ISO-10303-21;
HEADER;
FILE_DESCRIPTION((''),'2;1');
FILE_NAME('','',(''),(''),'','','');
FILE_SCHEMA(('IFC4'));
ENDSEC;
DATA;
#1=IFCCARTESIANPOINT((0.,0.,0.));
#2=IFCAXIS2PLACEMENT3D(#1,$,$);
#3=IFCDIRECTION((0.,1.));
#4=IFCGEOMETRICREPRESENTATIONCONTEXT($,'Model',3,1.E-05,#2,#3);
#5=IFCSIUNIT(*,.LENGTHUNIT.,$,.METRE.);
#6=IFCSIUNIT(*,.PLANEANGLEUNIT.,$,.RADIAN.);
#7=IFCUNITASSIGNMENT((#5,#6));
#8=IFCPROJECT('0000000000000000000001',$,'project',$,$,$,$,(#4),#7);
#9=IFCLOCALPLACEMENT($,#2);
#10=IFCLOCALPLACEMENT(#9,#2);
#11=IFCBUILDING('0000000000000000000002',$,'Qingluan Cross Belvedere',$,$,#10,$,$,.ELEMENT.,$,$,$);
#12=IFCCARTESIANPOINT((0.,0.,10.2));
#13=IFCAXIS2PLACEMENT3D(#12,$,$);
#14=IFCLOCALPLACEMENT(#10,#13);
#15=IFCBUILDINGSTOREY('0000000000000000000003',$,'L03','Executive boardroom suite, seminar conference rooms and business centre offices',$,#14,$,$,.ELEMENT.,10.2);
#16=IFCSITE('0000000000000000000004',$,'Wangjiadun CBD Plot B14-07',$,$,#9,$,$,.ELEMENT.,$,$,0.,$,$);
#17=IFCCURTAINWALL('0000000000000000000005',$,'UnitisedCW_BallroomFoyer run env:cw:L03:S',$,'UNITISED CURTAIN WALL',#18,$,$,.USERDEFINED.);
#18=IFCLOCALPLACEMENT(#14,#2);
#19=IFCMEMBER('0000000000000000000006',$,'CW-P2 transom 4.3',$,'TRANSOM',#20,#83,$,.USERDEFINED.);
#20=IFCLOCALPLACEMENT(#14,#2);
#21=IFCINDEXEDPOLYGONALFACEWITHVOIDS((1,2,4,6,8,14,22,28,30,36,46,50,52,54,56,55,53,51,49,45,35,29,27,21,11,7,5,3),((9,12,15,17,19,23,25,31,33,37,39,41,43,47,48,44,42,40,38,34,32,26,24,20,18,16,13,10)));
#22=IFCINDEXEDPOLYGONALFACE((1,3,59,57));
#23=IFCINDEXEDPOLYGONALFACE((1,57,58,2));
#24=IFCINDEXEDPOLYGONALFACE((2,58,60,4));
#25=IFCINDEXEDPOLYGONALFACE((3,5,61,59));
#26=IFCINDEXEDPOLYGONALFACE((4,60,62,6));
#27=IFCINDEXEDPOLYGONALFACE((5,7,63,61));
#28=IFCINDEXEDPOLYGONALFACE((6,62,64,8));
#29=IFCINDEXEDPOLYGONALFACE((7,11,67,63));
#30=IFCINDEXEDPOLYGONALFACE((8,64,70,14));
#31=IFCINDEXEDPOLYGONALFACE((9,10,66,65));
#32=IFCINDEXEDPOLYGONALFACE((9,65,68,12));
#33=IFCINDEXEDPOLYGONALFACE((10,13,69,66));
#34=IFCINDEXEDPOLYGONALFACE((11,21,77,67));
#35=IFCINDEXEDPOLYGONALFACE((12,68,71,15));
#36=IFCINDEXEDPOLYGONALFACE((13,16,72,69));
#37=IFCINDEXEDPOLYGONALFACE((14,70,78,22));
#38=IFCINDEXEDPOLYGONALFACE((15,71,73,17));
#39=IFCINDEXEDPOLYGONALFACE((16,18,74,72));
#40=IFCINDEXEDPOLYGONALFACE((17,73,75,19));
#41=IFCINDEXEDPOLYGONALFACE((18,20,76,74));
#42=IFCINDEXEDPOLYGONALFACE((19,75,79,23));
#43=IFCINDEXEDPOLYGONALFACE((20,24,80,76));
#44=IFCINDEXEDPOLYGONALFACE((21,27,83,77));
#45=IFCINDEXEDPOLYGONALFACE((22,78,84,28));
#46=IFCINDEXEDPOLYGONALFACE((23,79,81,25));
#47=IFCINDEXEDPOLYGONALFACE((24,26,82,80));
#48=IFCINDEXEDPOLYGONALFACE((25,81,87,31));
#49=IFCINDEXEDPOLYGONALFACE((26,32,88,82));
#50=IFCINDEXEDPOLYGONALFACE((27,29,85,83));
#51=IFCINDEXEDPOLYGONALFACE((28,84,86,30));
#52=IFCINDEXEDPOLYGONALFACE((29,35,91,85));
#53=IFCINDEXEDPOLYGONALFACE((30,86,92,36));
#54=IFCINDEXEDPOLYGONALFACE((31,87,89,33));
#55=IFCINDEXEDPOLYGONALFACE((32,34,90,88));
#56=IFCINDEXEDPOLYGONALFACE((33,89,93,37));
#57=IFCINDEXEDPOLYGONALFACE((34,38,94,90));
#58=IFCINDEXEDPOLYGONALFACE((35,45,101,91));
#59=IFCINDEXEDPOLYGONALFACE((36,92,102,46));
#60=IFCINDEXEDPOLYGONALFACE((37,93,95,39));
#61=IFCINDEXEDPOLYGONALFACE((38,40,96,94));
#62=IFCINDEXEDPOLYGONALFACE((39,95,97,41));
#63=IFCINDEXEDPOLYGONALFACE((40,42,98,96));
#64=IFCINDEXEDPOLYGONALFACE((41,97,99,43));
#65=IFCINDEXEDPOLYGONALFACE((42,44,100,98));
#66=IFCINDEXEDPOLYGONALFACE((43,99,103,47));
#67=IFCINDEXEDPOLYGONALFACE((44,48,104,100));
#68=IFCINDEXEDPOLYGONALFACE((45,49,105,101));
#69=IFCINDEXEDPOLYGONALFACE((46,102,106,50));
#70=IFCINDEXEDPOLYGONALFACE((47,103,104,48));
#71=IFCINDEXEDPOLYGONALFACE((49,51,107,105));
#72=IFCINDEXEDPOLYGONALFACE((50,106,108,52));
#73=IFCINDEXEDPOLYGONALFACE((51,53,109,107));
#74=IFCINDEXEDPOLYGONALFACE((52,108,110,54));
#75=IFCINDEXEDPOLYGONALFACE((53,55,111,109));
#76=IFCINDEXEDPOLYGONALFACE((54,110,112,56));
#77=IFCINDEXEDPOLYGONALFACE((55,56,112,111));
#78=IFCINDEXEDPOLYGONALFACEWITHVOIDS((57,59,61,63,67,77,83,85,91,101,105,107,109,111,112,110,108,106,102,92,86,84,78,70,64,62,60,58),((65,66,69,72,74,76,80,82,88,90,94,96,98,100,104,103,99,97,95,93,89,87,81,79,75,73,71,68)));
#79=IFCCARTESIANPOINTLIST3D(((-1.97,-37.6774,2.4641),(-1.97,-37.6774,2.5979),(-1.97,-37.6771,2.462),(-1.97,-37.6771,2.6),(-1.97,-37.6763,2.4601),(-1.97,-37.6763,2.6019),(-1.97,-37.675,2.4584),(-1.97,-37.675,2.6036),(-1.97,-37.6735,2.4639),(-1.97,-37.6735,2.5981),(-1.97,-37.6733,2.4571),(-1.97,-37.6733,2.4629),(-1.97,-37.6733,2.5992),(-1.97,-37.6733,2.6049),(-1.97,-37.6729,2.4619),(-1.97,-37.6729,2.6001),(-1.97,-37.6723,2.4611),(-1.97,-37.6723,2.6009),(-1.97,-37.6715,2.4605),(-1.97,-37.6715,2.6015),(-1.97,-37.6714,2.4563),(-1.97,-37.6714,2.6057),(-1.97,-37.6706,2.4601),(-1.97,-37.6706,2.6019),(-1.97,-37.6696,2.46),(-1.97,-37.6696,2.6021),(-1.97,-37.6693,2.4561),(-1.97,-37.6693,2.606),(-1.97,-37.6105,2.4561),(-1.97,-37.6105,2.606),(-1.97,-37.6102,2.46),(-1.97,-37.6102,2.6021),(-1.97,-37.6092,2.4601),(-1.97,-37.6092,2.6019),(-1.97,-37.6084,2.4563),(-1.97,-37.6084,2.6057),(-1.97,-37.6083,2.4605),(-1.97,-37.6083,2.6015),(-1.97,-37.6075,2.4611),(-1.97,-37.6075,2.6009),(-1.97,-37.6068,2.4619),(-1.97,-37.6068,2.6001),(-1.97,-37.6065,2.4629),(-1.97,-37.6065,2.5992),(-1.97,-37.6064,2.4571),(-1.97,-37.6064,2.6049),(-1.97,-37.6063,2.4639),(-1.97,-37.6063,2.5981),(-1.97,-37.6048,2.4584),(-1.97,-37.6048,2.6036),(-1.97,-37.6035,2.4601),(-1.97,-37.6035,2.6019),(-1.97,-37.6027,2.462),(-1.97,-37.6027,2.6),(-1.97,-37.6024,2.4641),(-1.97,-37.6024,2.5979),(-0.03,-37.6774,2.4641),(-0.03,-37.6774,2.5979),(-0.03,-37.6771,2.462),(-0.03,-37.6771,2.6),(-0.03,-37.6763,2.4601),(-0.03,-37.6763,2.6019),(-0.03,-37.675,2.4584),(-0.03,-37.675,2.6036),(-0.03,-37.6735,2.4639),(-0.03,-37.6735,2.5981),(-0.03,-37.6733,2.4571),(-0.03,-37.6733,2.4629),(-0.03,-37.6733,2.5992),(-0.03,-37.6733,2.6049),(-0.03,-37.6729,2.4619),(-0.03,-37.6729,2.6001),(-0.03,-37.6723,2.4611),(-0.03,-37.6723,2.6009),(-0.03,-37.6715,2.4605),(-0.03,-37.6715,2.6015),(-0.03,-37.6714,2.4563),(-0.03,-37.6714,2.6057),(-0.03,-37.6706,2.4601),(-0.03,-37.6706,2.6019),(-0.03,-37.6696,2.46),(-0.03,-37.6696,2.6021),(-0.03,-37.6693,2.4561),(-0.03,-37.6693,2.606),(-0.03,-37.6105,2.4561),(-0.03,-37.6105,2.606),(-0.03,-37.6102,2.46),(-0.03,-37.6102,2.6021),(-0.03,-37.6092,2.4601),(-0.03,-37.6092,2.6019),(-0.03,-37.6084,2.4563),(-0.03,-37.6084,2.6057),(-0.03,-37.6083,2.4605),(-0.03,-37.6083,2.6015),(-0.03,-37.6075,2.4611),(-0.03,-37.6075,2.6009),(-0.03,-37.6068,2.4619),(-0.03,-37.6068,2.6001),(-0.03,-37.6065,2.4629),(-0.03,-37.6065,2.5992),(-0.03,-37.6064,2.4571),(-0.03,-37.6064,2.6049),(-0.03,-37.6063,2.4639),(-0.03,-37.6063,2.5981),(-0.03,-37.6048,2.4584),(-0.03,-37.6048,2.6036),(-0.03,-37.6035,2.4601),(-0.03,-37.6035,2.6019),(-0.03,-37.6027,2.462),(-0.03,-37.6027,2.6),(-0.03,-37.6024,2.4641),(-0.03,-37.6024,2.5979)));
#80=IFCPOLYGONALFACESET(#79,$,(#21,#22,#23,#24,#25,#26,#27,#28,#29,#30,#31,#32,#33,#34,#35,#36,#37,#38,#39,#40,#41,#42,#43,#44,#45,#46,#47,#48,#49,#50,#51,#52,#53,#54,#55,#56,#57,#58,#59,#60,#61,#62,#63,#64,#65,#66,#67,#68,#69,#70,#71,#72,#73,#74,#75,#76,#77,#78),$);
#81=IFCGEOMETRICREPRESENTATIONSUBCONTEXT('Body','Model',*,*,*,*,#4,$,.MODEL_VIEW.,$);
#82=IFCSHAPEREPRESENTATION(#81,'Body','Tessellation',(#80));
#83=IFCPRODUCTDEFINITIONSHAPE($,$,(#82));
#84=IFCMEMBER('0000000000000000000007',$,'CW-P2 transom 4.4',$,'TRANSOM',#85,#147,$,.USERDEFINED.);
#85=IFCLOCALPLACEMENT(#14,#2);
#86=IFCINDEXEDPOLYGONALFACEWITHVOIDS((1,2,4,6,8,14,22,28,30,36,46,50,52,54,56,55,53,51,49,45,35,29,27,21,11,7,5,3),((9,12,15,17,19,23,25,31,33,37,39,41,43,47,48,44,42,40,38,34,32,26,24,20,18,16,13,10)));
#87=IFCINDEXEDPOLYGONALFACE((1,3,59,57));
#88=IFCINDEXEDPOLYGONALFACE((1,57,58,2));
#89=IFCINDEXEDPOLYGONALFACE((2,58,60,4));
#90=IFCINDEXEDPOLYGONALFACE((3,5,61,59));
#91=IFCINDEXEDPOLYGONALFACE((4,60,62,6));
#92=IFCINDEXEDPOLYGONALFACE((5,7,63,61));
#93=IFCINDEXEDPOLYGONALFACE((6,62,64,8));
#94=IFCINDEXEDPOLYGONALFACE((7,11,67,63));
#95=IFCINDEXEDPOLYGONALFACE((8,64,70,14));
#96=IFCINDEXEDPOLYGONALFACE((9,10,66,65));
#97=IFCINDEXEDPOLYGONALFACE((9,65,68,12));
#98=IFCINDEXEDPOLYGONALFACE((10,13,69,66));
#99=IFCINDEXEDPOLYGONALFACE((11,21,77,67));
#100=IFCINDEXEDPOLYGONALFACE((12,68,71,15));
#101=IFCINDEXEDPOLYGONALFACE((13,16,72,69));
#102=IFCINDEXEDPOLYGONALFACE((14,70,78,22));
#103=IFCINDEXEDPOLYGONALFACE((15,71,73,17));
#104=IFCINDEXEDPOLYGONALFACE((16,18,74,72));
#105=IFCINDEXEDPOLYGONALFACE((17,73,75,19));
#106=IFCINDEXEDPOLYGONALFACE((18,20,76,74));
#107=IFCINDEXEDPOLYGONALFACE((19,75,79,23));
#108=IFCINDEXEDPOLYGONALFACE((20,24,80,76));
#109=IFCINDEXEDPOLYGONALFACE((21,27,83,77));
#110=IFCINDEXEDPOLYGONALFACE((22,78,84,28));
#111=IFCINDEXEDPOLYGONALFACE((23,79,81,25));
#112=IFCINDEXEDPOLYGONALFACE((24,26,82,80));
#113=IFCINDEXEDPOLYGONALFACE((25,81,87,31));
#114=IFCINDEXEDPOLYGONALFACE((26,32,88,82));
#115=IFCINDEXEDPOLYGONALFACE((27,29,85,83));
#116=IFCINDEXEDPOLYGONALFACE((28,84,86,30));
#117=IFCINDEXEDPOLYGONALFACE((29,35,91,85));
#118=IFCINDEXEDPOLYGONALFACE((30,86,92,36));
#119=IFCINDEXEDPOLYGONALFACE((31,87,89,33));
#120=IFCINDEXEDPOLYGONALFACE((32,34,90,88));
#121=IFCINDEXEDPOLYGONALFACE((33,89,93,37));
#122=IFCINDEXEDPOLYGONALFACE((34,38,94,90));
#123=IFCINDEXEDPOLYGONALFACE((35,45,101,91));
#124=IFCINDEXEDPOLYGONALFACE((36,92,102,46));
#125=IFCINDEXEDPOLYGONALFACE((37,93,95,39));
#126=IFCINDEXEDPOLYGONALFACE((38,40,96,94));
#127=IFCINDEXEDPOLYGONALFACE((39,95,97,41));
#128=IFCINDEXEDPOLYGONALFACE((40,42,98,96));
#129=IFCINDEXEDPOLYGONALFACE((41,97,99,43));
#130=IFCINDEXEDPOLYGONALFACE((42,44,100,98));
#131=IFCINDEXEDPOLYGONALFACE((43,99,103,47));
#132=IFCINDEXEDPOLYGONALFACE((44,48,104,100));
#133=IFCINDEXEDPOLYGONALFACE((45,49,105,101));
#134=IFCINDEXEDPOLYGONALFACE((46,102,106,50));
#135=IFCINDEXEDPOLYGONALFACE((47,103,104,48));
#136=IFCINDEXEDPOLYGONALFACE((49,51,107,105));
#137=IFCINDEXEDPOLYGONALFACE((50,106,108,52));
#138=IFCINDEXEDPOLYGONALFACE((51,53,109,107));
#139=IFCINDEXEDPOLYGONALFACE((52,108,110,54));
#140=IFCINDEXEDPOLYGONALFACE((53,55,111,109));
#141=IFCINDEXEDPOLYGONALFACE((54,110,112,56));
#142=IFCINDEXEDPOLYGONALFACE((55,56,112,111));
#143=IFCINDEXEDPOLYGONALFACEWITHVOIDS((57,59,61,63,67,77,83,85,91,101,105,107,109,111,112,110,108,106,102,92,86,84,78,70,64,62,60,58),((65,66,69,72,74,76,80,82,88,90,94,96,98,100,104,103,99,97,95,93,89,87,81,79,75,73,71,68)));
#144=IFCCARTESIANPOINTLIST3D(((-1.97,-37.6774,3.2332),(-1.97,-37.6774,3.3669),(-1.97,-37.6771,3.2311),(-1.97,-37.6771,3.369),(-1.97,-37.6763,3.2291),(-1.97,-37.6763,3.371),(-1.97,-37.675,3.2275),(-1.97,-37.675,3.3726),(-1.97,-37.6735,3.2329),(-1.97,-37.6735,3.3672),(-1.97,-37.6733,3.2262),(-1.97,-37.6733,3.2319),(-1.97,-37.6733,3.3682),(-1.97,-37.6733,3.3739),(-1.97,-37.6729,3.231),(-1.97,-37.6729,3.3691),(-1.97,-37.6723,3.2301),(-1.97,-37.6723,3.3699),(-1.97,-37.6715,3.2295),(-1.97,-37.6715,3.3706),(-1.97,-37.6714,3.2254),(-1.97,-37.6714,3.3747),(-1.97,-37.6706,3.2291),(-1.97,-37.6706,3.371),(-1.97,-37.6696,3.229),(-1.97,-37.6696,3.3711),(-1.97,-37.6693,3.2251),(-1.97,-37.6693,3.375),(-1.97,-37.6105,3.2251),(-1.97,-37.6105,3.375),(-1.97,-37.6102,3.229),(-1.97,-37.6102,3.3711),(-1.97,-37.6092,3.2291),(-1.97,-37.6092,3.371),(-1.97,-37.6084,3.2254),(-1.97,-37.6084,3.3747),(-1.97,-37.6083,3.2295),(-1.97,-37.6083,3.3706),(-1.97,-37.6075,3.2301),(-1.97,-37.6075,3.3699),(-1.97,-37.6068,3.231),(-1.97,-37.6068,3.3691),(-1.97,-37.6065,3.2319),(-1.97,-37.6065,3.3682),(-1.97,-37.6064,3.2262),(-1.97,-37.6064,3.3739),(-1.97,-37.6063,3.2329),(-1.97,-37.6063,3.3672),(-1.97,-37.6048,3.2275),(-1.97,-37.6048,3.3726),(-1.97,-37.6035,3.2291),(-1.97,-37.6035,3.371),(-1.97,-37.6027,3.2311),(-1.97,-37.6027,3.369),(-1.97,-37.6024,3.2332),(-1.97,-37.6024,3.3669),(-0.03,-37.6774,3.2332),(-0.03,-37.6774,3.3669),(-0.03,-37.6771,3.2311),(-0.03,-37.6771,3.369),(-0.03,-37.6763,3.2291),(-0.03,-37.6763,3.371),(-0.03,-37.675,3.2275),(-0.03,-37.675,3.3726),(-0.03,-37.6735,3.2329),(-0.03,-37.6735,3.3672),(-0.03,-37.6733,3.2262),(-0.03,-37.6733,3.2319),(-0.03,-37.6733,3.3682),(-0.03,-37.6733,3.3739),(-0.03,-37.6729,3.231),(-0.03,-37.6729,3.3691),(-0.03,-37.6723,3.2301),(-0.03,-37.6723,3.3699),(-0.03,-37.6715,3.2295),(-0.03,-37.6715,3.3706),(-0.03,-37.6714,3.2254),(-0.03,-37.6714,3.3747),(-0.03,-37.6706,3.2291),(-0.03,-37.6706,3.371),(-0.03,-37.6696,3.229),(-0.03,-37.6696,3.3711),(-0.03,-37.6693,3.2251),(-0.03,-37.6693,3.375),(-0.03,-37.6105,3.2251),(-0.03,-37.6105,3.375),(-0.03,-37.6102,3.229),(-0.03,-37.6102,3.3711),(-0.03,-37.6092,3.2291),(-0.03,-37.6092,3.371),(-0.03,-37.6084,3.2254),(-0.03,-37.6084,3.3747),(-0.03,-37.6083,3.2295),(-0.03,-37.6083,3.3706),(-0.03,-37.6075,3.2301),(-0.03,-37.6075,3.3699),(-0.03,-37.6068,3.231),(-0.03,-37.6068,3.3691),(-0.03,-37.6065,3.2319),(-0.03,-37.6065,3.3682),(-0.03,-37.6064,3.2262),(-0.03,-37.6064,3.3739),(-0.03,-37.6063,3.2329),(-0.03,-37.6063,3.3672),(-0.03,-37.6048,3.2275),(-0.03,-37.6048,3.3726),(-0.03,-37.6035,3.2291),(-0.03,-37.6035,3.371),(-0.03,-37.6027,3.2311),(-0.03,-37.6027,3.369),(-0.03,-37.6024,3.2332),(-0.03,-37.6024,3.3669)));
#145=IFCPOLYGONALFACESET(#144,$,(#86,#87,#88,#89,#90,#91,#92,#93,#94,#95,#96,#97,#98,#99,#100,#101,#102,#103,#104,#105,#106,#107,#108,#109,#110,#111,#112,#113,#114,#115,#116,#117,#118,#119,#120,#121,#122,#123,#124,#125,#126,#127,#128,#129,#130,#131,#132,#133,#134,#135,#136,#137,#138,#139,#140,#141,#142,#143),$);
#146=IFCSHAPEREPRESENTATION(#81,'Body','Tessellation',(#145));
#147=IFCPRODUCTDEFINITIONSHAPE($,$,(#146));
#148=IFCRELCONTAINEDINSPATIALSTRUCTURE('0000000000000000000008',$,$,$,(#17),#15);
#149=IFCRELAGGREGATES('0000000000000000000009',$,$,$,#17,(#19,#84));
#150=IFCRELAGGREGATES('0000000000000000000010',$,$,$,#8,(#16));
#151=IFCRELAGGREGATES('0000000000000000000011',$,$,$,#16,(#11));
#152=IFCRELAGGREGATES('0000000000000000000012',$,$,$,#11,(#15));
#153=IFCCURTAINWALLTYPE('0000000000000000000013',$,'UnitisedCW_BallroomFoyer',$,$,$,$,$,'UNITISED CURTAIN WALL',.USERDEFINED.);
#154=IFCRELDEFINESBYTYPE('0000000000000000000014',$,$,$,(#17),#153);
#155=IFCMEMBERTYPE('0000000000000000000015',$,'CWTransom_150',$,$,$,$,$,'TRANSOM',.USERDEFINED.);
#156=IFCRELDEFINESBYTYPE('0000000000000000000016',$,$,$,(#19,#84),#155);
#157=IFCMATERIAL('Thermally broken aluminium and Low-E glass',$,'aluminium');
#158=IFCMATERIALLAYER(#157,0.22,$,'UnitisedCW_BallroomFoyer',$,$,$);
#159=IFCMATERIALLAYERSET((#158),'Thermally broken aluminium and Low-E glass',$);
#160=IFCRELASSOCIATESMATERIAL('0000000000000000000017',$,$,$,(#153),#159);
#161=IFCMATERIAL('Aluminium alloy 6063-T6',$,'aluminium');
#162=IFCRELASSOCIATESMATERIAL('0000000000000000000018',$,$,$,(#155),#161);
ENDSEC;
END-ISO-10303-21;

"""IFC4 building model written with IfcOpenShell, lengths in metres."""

from ifc_helpers import new_model, si_unit, direction, frame, origin, origin_2d, place, context, subcontext, project, spatial, hollow_rectangle, extrude, material, layer, layer_set, material_profile, profile_set, type_object, element, aggregate, save


model = new_model("IFC4")

# Units and contexts
model_context = context("Model", 3, precision=1e-05, world=origin(), true_north=direction((0.0, 1.0)))
body_context = subcontext(model_context, "Body", "Model", "MODEL_VIEW")
ifc_project = project(units=[si_unit("LENGTHUNIT", "METRE"), si_unit("PLANEANGLEUNIT", "RADIAN")], contexts=[model_context])

# Site, building, storey
site_placement = place(None, origin())
site = spatial("IfcSite", under=ifc_project, at=site_placement, Name="Wangjiadun CBD Plot B14-07", CompositionType="ELEMENT", RefElevation=0.0)
building_placement = place(site_placement, origin())
building = spatial("IfcBuilding", under=site, at=building_placement, Name="Qingluan Cross Belvedere", CompositionType="ELEMENT")
storey_placement = place(building_placement, frame((0.0, 0.0, 10.2)))
storey = spatial("IfcBuildingStorey", under=building, at=storey_placement, Name="L03", Description="Executive boardroom suite, seminar conference rooms and business centre offices", CompositionType="ELEMENT", Elevation=10.2)

# Curtain wall, members
ifc_material_1 = material(Name="Thermally broken aluminium and Low-E glass", Category="aluminium")
ifc_layer_1 = layer(ifc_material_1, 0.22, Name="UnitisedCW_BallroomFoyer")
ifc_layer_set_1 = layer_set([ifc_layer_1], Name="Thermally broken aluminium and Low-E glass")
curtain_wall_type = type_object("IfcCurtainWallType", Name="UnitisedCW_BallroomFoyer", ElementType="UNITISED CURTAIN WALL", PredefinedType="USERDEFINED", material=ifc_layer_set_1)
curtain_wall_placement = place(storey_placement, origin())
curtain_wall = element("IfcCurtainWall", 1, at=curtain_wall_placement, inside=storey, type_object=curtain_wall_type, Name="UnitisedCW_BallroomFoyer run env:cw:L03:S", ObjectType="UNITISED CURTAIN WALL", PredefinedType="USERDEFINED")
ifc_material_2 = material(Name="Aluminium alloy 6063-T6", Category="aluminium")
ifc_material_profile_1 = material_profile(ifc_material_2, hollow_rectangle(XDim=0.075, YDim=0.1499, WallThickness=0.0039, InnerFilletRadius=0.0039, OuterFilletRadius=0.0081, at=origin_2d()), Name="CWT150x75x4")
ifc_profile_set_1 = profile_set([ifc_material_profile_1], Name="Aluminium alloy 6063-T6")
member_type_1 = type_object("IfcMemberType", Name="CWTransom_150", ElementType="TRANSOM", PredefinedType="USERDEFINED", material=ifc_profile_set_1)
member_1_placement = place(storey_placement, frame((-0.03, -37.6399, 2.531), z_axis=(-1.0, 0.0, 0.0), x_axis=(0.0, -1.0, 0.0)))
member_1 = element("IfcMember", 2, at=member_1_placement, type_object=member_type_1, Name="CW-P2 transom 4.3", ObjectType="TRANSOM", PredefinedType="USERDEFINED", context=body_context, shape_type="SweptSolid", body=[
    extrude(hollow_rectangle(XDim=0.075, YDim=0.1499, WallThickness=0.0039, InnerFilletRadius=0.0039, OuterFilletRadius=0.0081, at=origin_2d()), origin(), (0.0, 0.0, 1.0), 1.9399),
])
member_2_placement = place(storey_placement, frame((-0.03, -37.6399, 3.3), z_axis=(-1.0, 0.0, 0.0), x_axis=(0.0, -1.0, 0.0)))
member_2 = element("IfcMember", 3, at=member_2_placement, type_object=member_type_1, Name="CW-P2 transom 4.4", ObjectType="TRANSOM", PredefinedType="USERDEFINED", context=body_context, shape_type="SweptSolid", body=[
    extrude(hollow_rectangle(XDim=0.075, YDim=0.1499, WallThickness=0.0039, InnerFilletRadius=0.0039, OuterFilletRadius=0.0081, at=origin_2d()), origin(), (0.0, 0.0, 1.0), 1.9399),
])

aggregate(curtain_wall, [member_1, member_2])

save(model, "model.ifc")
